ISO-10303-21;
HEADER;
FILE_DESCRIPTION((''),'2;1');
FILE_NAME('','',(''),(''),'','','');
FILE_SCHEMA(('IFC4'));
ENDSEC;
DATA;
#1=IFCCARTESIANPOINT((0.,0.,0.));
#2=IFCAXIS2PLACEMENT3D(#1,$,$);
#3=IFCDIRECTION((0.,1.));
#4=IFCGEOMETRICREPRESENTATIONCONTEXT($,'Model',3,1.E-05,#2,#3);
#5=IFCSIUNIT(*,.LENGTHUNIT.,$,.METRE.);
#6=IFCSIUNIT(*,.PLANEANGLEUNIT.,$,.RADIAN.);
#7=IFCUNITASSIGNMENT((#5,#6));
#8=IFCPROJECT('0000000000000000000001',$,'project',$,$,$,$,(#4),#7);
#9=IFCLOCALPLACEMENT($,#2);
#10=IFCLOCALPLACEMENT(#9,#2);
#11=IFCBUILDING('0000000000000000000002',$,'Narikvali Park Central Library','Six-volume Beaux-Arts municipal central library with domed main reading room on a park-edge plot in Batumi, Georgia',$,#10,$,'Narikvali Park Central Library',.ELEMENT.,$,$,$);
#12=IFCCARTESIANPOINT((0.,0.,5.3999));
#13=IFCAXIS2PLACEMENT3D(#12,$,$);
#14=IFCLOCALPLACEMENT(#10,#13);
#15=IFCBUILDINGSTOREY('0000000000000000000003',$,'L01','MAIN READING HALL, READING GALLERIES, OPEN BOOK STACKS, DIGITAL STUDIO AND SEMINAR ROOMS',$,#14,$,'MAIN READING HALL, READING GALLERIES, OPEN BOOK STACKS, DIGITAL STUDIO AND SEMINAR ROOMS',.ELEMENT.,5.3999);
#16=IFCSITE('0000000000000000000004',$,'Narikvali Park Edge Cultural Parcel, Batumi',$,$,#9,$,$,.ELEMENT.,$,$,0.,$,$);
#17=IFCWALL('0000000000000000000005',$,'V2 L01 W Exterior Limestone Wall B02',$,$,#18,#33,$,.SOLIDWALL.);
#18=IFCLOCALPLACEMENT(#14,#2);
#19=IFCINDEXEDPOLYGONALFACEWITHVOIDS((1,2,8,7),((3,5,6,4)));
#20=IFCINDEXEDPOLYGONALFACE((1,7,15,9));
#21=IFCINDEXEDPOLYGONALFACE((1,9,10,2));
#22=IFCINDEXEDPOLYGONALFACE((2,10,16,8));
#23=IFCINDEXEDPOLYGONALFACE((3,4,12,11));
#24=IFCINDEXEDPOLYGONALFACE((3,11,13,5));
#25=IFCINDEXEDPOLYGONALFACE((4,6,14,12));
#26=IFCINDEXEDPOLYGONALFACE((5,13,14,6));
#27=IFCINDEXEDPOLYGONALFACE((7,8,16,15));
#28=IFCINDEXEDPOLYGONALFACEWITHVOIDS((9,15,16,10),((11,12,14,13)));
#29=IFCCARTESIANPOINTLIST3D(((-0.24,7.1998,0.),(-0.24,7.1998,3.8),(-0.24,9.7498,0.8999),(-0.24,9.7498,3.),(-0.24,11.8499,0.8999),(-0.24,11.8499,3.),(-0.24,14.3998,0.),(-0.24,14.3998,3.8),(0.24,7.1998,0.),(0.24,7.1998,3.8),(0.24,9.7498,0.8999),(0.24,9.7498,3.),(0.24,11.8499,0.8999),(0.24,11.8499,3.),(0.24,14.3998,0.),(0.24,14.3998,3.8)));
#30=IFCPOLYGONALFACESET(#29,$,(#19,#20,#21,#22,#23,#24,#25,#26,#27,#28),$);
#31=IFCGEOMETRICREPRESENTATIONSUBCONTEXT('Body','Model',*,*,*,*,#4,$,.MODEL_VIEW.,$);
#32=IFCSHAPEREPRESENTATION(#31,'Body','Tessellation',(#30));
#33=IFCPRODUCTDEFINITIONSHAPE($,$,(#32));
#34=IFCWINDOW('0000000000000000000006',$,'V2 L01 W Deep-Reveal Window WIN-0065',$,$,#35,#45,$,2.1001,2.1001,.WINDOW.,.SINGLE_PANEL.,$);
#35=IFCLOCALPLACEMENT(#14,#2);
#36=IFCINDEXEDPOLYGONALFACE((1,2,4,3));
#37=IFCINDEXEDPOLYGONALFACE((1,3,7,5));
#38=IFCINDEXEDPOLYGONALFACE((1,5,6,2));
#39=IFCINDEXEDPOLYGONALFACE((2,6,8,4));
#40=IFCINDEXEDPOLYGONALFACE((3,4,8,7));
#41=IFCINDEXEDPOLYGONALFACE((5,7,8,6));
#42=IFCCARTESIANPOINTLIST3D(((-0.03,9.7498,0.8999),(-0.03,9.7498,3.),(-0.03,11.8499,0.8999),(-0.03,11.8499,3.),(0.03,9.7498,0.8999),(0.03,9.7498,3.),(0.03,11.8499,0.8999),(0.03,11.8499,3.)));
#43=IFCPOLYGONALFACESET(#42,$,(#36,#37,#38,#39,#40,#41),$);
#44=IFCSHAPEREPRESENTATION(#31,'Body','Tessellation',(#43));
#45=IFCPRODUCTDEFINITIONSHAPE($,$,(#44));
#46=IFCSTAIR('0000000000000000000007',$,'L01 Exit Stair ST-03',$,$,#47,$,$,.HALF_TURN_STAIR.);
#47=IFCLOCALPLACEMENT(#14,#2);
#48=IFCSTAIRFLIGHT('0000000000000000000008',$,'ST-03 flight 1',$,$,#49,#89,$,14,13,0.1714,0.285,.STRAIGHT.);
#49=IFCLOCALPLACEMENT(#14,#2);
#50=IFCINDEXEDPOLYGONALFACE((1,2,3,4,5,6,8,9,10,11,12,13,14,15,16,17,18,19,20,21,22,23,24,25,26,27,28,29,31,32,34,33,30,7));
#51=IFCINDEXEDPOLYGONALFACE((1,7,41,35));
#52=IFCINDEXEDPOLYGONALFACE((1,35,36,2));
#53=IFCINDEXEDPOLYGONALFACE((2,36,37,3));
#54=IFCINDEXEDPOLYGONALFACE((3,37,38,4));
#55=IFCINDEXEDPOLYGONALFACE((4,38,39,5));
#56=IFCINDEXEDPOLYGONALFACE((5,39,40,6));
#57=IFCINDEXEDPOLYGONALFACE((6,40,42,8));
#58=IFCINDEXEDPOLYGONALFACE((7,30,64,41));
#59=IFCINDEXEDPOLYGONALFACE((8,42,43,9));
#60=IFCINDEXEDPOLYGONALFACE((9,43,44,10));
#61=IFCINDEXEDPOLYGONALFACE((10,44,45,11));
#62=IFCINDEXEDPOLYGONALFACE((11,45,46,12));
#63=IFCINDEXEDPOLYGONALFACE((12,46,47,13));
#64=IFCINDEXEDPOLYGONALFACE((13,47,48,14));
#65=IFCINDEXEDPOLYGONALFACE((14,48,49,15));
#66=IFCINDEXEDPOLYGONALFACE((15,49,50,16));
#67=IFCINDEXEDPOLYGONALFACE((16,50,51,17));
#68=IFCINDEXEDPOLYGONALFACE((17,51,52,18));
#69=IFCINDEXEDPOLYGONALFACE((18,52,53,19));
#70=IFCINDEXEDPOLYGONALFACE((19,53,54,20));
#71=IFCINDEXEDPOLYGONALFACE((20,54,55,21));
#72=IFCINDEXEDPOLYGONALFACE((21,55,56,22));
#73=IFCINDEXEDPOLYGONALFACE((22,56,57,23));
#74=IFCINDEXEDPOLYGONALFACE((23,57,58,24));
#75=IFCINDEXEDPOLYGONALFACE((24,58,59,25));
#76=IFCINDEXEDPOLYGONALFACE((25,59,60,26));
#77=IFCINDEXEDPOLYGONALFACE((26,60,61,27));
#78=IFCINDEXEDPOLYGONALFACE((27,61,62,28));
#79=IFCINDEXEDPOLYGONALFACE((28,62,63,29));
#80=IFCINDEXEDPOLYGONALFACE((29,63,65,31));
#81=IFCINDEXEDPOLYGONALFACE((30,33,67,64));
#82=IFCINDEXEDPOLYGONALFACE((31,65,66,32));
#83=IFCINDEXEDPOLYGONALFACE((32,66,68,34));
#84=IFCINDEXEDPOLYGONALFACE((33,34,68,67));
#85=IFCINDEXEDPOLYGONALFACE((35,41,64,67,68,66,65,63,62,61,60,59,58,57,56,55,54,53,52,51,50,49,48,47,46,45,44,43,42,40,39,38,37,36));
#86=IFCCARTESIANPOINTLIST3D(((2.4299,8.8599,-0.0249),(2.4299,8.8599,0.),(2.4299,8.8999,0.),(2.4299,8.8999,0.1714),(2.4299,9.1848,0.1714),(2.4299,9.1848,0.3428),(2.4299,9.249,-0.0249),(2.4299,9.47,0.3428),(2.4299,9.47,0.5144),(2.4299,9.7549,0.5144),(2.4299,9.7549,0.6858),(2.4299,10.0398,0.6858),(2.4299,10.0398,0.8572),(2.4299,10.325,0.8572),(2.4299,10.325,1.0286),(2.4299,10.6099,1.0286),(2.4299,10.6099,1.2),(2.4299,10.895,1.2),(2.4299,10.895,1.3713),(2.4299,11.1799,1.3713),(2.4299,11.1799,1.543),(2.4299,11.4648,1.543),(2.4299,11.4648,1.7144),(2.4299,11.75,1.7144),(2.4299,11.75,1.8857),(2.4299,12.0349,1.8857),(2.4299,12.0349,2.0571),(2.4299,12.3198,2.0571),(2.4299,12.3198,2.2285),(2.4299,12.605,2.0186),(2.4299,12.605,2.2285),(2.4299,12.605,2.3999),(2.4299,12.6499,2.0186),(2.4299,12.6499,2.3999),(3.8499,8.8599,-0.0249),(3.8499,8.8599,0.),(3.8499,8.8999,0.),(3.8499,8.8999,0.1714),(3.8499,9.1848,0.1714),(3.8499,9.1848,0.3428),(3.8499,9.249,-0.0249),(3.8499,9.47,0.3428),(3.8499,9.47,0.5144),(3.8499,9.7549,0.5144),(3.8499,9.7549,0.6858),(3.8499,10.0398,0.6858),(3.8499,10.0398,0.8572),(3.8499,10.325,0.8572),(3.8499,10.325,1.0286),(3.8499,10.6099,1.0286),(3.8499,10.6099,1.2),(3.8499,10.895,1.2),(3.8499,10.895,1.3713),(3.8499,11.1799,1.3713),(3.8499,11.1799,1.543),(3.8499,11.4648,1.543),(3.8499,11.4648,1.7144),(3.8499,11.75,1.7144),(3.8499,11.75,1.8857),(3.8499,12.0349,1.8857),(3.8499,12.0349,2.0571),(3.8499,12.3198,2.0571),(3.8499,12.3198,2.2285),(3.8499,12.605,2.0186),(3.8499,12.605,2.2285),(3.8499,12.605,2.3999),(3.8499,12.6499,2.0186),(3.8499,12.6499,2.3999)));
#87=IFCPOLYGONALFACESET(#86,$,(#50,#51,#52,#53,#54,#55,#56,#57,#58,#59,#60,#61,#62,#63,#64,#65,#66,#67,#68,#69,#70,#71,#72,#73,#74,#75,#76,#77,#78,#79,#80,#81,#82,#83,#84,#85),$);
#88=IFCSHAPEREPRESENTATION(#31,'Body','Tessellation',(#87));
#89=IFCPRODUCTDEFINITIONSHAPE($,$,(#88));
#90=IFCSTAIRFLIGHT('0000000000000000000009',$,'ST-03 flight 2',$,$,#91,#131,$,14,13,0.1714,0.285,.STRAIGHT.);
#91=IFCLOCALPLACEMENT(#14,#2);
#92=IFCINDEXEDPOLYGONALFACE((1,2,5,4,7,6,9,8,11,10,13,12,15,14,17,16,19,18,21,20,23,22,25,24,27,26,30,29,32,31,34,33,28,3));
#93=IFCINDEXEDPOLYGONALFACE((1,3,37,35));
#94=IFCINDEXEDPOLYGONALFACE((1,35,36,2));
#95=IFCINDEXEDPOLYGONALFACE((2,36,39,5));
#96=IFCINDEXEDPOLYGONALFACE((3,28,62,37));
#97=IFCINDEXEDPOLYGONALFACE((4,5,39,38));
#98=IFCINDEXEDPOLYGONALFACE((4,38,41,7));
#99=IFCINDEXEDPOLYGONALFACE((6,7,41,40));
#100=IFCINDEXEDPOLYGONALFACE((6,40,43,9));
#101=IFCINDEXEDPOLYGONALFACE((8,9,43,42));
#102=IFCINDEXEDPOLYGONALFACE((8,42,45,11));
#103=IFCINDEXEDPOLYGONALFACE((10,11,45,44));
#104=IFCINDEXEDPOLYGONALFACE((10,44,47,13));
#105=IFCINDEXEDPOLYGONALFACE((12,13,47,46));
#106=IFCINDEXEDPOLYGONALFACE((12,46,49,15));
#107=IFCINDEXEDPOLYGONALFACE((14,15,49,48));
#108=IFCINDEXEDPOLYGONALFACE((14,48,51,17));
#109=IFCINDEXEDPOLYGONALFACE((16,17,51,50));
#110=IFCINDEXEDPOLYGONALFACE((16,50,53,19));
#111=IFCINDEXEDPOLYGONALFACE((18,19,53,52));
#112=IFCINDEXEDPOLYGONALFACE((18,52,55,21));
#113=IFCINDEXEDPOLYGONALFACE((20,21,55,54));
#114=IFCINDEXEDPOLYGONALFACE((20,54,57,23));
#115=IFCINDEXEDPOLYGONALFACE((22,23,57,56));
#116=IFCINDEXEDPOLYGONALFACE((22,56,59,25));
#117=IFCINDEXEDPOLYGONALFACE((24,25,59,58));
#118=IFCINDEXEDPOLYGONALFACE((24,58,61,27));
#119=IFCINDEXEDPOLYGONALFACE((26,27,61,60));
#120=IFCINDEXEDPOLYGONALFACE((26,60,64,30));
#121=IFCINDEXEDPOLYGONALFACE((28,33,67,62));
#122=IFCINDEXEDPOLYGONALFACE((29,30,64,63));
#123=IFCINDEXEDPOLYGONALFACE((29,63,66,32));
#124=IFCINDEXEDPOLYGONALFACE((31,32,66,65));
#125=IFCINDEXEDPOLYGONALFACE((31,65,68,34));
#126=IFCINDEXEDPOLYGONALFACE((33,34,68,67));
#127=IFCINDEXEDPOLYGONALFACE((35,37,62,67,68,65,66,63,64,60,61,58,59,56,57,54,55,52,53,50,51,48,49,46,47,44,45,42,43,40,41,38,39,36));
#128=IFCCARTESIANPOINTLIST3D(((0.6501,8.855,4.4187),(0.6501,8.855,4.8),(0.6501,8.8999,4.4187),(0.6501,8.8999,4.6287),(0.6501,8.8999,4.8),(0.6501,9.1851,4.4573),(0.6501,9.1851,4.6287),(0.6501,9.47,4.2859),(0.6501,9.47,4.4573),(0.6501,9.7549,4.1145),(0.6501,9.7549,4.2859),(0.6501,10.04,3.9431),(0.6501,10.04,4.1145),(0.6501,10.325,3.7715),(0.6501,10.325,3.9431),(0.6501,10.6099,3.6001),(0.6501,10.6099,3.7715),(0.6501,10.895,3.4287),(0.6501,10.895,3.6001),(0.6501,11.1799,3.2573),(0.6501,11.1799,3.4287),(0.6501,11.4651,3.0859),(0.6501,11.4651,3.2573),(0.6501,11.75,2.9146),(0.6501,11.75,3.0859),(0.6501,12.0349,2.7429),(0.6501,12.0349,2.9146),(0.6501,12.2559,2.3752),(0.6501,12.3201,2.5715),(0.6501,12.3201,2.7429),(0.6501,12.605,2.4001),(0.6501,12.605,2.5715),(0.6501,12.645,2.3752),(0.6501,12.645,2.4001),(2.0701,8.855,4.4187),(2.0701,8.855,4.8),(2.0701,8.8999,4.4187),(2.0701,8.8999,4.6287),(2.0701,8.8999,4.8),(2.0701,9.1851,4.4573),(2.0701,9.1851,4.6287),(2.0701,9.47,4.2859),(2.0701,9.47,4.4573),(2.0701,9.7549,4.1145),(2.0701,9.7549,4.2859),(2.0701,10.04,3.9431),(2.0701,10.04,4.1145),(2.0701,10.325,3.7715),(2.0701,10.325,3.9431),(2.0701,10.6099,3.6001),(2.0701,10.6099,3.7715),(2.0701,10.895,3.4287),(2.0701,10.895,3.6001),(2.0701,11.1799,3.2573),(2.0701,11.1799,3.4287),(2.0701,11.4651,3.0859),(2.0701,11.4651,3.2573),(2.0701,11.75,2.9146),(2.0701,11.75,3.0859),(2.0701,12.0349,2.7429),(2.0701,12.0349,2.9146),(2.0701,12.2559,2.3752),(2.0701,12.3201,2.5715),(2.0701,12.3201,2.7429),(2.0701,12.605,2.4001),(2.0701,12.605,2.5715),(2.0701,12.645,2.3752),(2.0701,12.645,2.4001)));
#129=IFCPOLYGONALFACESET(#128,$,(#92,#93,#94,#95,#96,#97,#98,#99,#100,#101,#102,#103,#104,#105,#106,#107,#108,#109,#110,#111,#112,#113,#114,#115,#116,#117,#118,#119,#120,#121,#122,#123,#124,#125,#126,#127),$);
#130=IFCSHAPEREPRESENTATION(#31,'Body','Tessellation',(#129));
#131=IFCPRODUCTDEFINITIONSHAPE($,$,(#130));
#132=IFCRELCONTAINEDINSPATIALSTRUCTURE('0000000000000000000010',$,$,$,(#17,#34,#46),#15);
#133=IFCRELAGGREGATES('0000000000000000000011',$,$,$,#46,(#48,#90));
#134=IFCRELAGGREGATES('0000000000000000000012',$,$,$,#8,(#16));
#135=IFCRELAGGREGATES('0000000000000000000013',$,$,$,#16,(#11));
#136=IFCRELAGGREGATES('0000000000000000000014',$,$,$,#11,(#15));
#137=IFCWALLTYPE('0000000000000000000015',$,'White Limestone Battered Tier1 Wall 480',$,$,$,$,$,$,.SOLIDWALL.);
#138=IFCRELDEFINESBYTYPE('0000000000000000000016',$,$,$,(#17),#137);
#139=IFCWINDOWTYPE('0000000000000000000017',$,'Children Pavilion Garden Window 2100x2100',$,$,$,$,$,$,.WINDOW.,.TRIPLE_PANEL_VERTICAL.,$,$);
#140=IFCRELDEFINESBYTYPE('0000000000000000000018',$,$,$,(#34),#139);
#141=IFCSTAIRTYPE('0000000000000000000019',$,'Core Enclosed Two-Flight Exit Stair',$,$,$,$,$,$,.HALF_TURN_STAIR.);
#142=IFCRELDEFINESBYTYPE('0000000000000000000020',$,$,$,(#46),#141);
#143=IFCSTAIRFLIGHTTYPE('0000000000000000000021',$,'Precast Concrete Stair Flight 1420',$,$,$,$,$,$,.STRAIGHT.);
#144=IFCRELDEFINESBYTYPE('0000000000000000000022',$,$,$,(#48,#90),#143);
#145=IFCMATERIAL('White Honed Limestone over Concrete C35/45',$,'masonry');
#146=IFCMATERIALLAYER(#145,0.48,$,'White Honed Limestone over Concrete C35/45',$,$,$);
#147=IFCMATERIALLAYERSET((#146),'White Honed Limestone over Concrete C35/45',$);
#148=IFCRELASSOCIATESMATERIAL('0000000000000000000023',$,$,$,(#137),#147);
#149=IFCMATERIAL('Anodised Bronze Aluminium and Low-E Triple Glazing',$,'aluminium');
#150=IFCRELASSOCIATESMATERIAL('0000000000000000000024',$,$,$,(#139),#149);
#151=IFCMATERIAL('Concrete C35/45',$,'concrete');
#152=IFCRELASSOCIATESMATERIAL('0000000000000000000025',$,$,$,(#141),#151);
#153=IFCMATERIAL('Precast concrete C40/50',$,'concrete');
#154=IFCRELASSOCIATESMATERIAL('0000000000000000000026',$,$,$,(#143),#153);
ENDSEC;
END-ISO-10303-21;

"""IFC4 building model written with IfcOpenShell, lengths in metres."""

from ifc_helpers import new_model, si_unit, direction, frame, frame_2d, origin, place, context, subcontext, project, spatial, polyline, rectangle, outline, extrude, material, layer, layer_set, type_object, element, fill, aggregate, save


model = new_model("IFC4")

# Units and contexts
model_context = context("Model", 3, precision=1e-05, world=origin(), true_north=direction((0.0, 1.0)))
body_context = subcontext(model_context, "Body", "Model", "MODEL_VIEW")
ifc_project = project(units=[si_unit("LENGTHUNIT", "METRE"), si_unit("PLANEANGLEUNIT", "RADIAN")], contexts=[model_context])

# Site, building, storey
site_placement = place(None, origin())
site = spatial("IfcSite", under=ifc_project, at=site_placement, Name="Narikvali Park Edge Cultural Parcel, Batumi", CompositionType="ELEMENT", RefElevation=0.0)
building_placement = place(site_placement, origin())
building = spatial("IfcBuilding", under=site, at=building_placement, Name="Narikvali Park Central Library", Description="Six-volume Beaux-Arts municipal central library with domed main reading room on a park-edge plot in Batumi, Georgia", LongName="Narikvali Park Central Library", CompositionType="ELEMENT")
storey_placement = place(building_placement, frame((0.0, 0.0, 5.3999)))
storey = spatial("IfcBuildingStorey", under=building, at=storey_placement, Name="L01", Description="MAIN READING HALL, READING GALLERIES, OPEN BOOK STACKS, DIGITAL STUDIO AND SEMINAR ROOMS", LongName="MAIN READING HALL, READING GALLERIES, OPEN BOOK STACKS, DIGITAL STUDIO AND SEMINAR ROOMS", CompositionType="ELEMENT", Elevation=5.3999)

# Wall, opening, window
ifc_material_1 = material(Name="White Honed Limestone over Concrete C35/45", Category="masonry")
ifc_layer_1 = layer(ifc_material_1, 0.48, Name="White Honed Limestone over Concrete C35/45")
ifc_layer_set_1 = layer_set([ifc_layer_1], Name="White Honed Limestone over Concrete C35/45")
wall_type_1 = type_object("IfcWallType", Name="White Limestone Battered Tier1 Wall 480", PredefinedType="SOLIDWALL", material=ifc_layer_set_1)
wall_1_placement = place(storey_placement, frame((0.0, 14.3999, 0.0), z_axis=(0.0, 0.0, 1.0), x_axis=(0.0, -1.0, 0.0)))
wall_1 = element("IfcWall", 1, at=wall_1_placement, inside=storey, type_object=wall_type_1, Name="V2 L01 W Exterior Limestone Wall B02", PredefinedType="SOLIDWALL", context=body_context, shape_type="SweptSolid", body=[
    extrude(rectangle(XDim=7.2, YDim=0.48, at=frame_2d((3.6001, 0.0))), origin(), (0.0, 0.0, 1.0), 3.8),
])
opening_1_placement = place(wall_1_placement, frame((2.55, 0.0, 0.8999)))
opening_1 = element("IfcOpeningElement", 2, at=opening_1_placement, cuts=wall_1, PredefinedType="OPENING", context=body_context, shape_type="SweptSolid", body=[
    extrude(rectangle(XDim=2.1001, YDim=2.1001, at=frame_2d((1.05, 1.05))), frame((0.0, 0.252, 0.0), z_axis=(0.0, -1.0, 0.0), x_axis=(1.0, 0.0, 0.0)), (0.0, 0.0, 1.0), 0.5039),
])
ifc_material_2 = material(Name="Anodised Bronze Aluminium and Low-E Triple Glazing", Category="aluminium")
window_type = type_object("IfcWindowType", Name="Children Pavilion Garden Window 2100x2100", PartitioningType="TRIPLE_PANEL_VERTICAL", PredefinedType="WINDOW", material=ifc_material_2)
window_placement = place(opening_1_placement, origin())
window = element("IfcWindow", 3, at=window_placement, inside=storey, type_object=window_type, Name="V2 L01 W Deep-Reveal Window WIN-0065", OverallHeight=2.1001, OverallWidth=2.1001, PartitioningType="SINGLE_PANEL", PredefinedType="WINDOW", context=body_context, shape_type="SweptSolid", body=[
    extrude(rectangle(XDim=2.1001, YDim=2.1001, at=frame_2d((1.05, 1.05))), frame((0.0, 0.03, 0.0), z_axis=(0.0, -1.0, 0.0), x_axis=(1.0, 0.0, 0.0)), (0.0, 0.0, 1.0), 0.0601),
])
fill(opening_1, window)

# Stair, stair flights
ifc_material_3 = material(Name="Concrete C35/45", Category="concrete")
stair_type = type_object("IfcStairType", Name="Core Enclosed Two-Flight Exit Stair", PredefinedType="HALF_TURN_STAIR", material=ifc_material_3)
stair_placement = place(storey_placement, origin())
stair = element("IfcStair", 4, at=stair_placement, inside=storey, type_object=stair_type, Name="L01 Exit Stair ST-03", PredefinedType="HALF_TURN_STAIR")
ifc_material_4 = material(Name="Precast concrete C40/50", Category="concrete")
stair_flight_type = type_object("IfcStairFlightType", Name="Precast Concrete Stair Flight 1420", PredefinedType="STRAIGHT", material=ifc_material_4)
stair_flight_1_placement = place(storey_placement, frame((3.1399, 8.8999, 0.0), z_axis=(0.0, 0.0, 1.0), x_axis=(0.0, 1.0, 0.0)))
stair_flight_1 = element("IfcStairFlight", 5, at=stair_flight_1_placement, type_object=stair_flight_type, Name="ST-03 flight 1", NumberOfRisers=14, NumberOfTreads=13, PredefinedType="STRAIGHT", RiserHeight=0.1714, TreadLength=0.285, context=body_context, shape_type="SweptSolid", body=[
    extrude(outline(polyline([(-0.04, -0.0249), (-0.04, 0.0), (0.0, 0.0), (0.0, 0.1714), (0.2849, 0.1714), (0.2849, 0.3428), (0.5701, 0.3428), (0.5701, 0.5144), (0.855, 0.5144), (0.855, 0.6858), (1.1399, 0.6858), (1.1399, 0.8572), (1.425, 0.8572), (1.425, 1.0286), (1.71, 1.0286), (1.71, 1.2), (1.9951, 1.2), (1.9951, 1.3713), (2.28, 1.3713), (2.28, 1.543), (2.5649, 1.543), (2.5649, 1.7144), (2.8501, 1.7144), (2.8501, 1.8857), (3.135, 1.8857), (3.135, 2.0571), (3.4199, 2.0571), (3.4199, 2.2285), (3.7051, 2.2285), (3.7051, 2.3999), (3.75, 2.3999), (3.75, 2.0186), (3.7051, 2.0186), (0.3491, -0.0249), (-0.04, -0.0249)])), frame((0.0, 0.71, 0.0), z_axis=(0.0, -1.0, 0.0), x_axis=(1.0, 0.0, 0.0)), (0.0, 0.0, 1.0), 1.4199),
])
stair_flight_2_placement = place(storey_placement, frame((1.3601, 12.605, 2.4001), z_axis=(0.0, 0.0, 1.0), x_axis=(0.0, -1.0, 0.0)))
stair_flight_2 = element("IfcStairFlight", 6, at=stair_flight_2_placement, type_object=stair_flight_type, Name="ST-03 flight 2", NumberOfRisers=14, NumberOfTreads=13, PredefinedType="STRAIGHT", RiserHeight=0.1714, TreadLength=0.285, context=body_context, shape_type="SweptSolid", body=[
    extrude(outline(polyline([(-0.04, -0.0249), (-0.04, 0.0), (0.0, 0.0), (0.0, 0.1714), (0.2849, 0.1714), (0.2849, 0.3428), (0.5701, 0.3428), (0.5701, 0.5144), (0.855, 0.5144), (0.855, 0.6858), (1.1399, 0.6858), (1.1399, 0.8572), (1.425, 0.8572), (1.425, 1.0286), (1.71, 1.0286), (1.71, 1.2), (1.9951, 1.2), (1.9951, 1.3713), (2.28, 1.3713), (2.28, 1.543), (2.5649, 1.543), (2.5649, 1.7144), (2.8501, 1.7144), (2.8501, 1.8857), (3.135, 1.8857), (3.135, 2.0571), (3.4199, 2.0571), (3.4199, 2.2285), (3.7051, 2.2285), (3.7051, 2.3999), (3.75, 2.3999), (3.75, 2.0186), (3.7051, 2.0186), (0.3491, -0.0249), (-0.04, -0.0249)])), frame((0.0, 0.71, 0.0), z_axis=(0.0, -1.0, 0.0), x_axis=(1.0, 0.0, 0.0)), (0.0, 0.0, 1.0), 1.4199),
])
aggregate(stair, [stair_flight_1, stair_flight_2])

save(model, "model.ifc")
